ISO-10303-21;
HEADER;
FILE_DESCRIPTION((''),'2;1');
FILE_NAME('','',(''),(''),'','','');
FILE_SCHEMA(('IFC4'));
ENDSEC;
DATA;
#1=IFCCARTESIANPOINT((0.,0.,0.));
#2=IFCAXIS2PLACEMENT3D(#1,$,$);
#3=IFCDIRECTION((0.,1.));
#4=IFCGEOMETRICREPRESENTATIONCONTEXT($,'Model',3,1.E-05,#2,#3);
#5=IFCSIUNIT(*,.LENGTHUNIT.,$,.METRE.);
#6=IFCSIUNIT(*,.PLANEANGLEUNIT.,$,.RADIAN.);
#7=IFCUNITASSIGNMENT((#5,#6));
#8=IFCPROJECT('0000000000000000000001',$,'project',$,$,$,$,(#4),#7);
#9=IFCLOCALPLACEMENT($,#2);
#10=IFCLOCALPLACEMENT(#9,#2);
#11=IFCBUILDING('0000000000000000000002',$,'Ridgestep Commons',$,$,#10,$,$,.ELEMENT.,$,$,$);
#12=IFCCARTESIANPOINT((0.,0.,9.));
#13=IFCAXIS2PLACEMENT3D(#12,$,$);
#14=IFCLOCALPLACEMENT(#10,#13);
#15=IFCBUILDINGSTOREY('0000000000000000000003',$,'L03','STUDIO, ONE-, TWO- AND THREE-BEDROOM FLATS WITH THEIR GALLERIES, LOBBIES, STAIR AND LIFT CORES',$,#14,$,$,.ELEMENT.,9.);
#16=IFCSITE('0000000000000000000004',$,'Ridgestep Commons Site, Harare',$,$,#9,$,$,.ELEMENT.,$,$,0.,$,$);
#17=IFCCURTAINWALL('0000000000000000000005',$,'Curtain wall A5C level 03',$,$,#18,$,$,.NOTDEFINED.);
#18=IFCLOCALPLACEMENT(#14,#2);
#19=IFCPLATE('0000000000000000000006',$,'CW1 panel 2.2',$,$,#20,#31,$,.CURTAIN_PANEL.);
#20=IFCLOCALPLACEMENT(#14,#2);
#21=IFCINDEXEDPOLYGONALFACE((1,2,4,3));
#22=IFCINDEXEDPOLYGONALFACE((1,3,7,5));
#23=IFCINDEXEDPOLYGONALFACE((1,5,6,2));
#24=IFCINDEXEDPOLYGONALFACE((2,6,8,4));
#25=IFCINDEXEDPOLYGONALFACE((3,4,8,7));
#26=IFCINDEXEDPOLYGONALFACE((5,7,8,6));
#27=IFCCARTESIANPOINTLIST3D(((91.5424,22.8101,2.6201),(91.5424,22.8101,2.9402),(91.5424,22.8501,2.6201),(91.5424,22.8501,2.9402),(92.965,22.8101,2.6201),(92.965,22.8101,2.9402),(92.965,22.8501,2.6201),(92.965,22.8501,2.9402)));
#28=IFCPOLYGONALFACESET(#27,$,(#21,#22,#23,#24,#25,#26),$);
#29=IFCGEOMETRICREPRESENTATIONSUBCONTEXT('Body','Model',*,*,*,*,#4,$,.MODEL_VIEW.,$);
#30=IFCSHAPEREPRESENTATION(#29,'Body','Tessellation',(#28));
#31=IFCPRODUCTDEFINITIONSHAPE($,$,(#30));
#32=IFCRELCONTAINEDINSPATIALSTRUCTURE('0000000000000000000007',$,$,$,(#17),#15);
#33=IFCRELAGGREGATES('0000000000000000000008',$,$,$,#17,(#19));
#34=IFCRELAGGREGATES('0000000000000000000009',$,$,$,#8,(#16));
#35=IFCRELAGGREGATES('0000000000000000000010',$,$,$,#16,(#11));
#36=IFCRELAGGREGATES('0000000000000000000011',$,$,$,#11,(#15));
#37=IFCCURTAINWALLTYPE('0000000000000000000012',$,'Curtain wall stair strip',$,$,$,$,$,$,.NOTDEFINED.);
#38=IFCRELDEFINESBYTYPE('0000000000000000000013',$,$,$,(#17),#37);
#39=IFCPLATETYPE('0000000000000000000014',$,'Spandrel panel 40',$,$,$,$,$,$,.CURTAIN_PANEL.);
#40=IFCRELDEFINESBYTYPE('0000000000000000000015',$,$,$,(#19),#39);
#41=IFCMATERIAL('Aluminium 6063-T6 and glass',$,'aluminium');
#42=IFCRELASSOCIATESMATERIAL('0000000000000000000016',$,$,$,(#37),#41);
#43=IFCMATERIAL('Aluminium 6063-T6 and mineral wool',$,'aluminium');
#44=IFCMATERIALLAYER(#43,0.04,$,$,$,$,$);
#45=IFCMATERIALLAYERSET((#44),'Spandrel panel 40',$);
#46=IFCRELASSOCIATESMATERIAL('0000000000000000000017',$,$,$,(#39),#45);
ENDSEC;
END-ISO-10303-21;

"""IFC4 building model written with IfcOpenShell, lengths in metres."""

from ifc_helpers import new_model, si_unit, direction, frame, origin, origin_2d, place, context, subcontext, project, spatial, rectangle, extrude, material, layer, layer_set, type_object, element, aggregate, save


model = new_model("IFC4")

# Units and contexts
model_context = context("Model", 3, precision=1e-05, world=origin(), true_north=direction((0.0, 1.0)))
body_context = subcontext(model_context, "Body", "Model", "MODEL_VIEW")
ifc_project = project(units=[si_unit("LENGTHUNIT", "METRE"), si_unit("PLANEANGLEUNIT", "RADIAN")], contexts=[model_context])

# Site, building, storey
site_placement = place(None, origin())
site = spatial("IfcSite", under=ifc_project, at=site_placement, Name="Ridgestep Commons Site, Harare", CompositionType="ELEMENT", RefElevation=0.0)
building_placement = place(site_placement, origin())
building = spatial("IfcBuilding", under=site, at=building_placement, Name="Ridgestep Commons", CompositionType="ELEMENT")
storey_placement = place(building_placement, frame((0.0, 0.0, 9.0)))
storey = spatial("IfcBuildingStorey", under=building, at=storey_placement, Name="L03", Description="STUDIO, ONE-, TWO- AND THREE-BEDROOM FLATS WITH THEIR GALLERIES, LOBBIES, STAIR AND LIFT CORES", CompositionType="ELEMENT", Elevation=9.0)

# Curtain wall
ifc_material_1 = material(Name="Aluminium 6063-T6 and glass", Category="aluminium")
curtain_wall_type = type_object("IfcCurtainWallType", Name="Curtain wall stair strip", PredefinedType="NOTDEFINED", material=ifc_material_1)
curtain_wall_1_placement = place(storey_placement, origin())
curtain_wall_1 = element("IfcCurtainWall", 1, at=curtain_wall_1_placement, inside=storey, type_object=curtain_wall_type, Name="Curtain wall A5C level 03", PredefinedType="NOTDEFINED")

# Plate
ifc_material_2 = material(Name="Aluminium 6063-T6 and mineral wool", Category="aluminium")
ifc_layer_1 = layer(ifc_material_2, 0.04)
ifc_layer_set_1 = layer_set([ifc_layer_1], Name="Spandrel panel 40")
plate_type_1 = type_object("IfcPlateType", Name="Spandrel panel 40", PredefinedType="CURTAIN_PANEL", material=ifc_layer_set_1)
plate_1_placement = place(storey_placement, frame((92.2537, 22.8301, 2.6201), z_axis=(0.0, 0.0, 1.0), x_axis=(1.0, 0.0, 0.0)))
plate_1 = element("IfcPlate", 2, at=plate_1_placement, type_object=plate_type_1, Name="CW1 panel 2.2", PredefinedType="CURTAIN_PANEL", context=body_context, shape_type="SweptSolid", body=[
    extrude(rectangle(XDim=1.4226, YDim=0.04, at=origin_2d()), origin(), (0.0, 0.0, 1.0), 0.3201),
])
aggregate(curtain_wall_1, [plate_1])

save(model, "model.ifc")
